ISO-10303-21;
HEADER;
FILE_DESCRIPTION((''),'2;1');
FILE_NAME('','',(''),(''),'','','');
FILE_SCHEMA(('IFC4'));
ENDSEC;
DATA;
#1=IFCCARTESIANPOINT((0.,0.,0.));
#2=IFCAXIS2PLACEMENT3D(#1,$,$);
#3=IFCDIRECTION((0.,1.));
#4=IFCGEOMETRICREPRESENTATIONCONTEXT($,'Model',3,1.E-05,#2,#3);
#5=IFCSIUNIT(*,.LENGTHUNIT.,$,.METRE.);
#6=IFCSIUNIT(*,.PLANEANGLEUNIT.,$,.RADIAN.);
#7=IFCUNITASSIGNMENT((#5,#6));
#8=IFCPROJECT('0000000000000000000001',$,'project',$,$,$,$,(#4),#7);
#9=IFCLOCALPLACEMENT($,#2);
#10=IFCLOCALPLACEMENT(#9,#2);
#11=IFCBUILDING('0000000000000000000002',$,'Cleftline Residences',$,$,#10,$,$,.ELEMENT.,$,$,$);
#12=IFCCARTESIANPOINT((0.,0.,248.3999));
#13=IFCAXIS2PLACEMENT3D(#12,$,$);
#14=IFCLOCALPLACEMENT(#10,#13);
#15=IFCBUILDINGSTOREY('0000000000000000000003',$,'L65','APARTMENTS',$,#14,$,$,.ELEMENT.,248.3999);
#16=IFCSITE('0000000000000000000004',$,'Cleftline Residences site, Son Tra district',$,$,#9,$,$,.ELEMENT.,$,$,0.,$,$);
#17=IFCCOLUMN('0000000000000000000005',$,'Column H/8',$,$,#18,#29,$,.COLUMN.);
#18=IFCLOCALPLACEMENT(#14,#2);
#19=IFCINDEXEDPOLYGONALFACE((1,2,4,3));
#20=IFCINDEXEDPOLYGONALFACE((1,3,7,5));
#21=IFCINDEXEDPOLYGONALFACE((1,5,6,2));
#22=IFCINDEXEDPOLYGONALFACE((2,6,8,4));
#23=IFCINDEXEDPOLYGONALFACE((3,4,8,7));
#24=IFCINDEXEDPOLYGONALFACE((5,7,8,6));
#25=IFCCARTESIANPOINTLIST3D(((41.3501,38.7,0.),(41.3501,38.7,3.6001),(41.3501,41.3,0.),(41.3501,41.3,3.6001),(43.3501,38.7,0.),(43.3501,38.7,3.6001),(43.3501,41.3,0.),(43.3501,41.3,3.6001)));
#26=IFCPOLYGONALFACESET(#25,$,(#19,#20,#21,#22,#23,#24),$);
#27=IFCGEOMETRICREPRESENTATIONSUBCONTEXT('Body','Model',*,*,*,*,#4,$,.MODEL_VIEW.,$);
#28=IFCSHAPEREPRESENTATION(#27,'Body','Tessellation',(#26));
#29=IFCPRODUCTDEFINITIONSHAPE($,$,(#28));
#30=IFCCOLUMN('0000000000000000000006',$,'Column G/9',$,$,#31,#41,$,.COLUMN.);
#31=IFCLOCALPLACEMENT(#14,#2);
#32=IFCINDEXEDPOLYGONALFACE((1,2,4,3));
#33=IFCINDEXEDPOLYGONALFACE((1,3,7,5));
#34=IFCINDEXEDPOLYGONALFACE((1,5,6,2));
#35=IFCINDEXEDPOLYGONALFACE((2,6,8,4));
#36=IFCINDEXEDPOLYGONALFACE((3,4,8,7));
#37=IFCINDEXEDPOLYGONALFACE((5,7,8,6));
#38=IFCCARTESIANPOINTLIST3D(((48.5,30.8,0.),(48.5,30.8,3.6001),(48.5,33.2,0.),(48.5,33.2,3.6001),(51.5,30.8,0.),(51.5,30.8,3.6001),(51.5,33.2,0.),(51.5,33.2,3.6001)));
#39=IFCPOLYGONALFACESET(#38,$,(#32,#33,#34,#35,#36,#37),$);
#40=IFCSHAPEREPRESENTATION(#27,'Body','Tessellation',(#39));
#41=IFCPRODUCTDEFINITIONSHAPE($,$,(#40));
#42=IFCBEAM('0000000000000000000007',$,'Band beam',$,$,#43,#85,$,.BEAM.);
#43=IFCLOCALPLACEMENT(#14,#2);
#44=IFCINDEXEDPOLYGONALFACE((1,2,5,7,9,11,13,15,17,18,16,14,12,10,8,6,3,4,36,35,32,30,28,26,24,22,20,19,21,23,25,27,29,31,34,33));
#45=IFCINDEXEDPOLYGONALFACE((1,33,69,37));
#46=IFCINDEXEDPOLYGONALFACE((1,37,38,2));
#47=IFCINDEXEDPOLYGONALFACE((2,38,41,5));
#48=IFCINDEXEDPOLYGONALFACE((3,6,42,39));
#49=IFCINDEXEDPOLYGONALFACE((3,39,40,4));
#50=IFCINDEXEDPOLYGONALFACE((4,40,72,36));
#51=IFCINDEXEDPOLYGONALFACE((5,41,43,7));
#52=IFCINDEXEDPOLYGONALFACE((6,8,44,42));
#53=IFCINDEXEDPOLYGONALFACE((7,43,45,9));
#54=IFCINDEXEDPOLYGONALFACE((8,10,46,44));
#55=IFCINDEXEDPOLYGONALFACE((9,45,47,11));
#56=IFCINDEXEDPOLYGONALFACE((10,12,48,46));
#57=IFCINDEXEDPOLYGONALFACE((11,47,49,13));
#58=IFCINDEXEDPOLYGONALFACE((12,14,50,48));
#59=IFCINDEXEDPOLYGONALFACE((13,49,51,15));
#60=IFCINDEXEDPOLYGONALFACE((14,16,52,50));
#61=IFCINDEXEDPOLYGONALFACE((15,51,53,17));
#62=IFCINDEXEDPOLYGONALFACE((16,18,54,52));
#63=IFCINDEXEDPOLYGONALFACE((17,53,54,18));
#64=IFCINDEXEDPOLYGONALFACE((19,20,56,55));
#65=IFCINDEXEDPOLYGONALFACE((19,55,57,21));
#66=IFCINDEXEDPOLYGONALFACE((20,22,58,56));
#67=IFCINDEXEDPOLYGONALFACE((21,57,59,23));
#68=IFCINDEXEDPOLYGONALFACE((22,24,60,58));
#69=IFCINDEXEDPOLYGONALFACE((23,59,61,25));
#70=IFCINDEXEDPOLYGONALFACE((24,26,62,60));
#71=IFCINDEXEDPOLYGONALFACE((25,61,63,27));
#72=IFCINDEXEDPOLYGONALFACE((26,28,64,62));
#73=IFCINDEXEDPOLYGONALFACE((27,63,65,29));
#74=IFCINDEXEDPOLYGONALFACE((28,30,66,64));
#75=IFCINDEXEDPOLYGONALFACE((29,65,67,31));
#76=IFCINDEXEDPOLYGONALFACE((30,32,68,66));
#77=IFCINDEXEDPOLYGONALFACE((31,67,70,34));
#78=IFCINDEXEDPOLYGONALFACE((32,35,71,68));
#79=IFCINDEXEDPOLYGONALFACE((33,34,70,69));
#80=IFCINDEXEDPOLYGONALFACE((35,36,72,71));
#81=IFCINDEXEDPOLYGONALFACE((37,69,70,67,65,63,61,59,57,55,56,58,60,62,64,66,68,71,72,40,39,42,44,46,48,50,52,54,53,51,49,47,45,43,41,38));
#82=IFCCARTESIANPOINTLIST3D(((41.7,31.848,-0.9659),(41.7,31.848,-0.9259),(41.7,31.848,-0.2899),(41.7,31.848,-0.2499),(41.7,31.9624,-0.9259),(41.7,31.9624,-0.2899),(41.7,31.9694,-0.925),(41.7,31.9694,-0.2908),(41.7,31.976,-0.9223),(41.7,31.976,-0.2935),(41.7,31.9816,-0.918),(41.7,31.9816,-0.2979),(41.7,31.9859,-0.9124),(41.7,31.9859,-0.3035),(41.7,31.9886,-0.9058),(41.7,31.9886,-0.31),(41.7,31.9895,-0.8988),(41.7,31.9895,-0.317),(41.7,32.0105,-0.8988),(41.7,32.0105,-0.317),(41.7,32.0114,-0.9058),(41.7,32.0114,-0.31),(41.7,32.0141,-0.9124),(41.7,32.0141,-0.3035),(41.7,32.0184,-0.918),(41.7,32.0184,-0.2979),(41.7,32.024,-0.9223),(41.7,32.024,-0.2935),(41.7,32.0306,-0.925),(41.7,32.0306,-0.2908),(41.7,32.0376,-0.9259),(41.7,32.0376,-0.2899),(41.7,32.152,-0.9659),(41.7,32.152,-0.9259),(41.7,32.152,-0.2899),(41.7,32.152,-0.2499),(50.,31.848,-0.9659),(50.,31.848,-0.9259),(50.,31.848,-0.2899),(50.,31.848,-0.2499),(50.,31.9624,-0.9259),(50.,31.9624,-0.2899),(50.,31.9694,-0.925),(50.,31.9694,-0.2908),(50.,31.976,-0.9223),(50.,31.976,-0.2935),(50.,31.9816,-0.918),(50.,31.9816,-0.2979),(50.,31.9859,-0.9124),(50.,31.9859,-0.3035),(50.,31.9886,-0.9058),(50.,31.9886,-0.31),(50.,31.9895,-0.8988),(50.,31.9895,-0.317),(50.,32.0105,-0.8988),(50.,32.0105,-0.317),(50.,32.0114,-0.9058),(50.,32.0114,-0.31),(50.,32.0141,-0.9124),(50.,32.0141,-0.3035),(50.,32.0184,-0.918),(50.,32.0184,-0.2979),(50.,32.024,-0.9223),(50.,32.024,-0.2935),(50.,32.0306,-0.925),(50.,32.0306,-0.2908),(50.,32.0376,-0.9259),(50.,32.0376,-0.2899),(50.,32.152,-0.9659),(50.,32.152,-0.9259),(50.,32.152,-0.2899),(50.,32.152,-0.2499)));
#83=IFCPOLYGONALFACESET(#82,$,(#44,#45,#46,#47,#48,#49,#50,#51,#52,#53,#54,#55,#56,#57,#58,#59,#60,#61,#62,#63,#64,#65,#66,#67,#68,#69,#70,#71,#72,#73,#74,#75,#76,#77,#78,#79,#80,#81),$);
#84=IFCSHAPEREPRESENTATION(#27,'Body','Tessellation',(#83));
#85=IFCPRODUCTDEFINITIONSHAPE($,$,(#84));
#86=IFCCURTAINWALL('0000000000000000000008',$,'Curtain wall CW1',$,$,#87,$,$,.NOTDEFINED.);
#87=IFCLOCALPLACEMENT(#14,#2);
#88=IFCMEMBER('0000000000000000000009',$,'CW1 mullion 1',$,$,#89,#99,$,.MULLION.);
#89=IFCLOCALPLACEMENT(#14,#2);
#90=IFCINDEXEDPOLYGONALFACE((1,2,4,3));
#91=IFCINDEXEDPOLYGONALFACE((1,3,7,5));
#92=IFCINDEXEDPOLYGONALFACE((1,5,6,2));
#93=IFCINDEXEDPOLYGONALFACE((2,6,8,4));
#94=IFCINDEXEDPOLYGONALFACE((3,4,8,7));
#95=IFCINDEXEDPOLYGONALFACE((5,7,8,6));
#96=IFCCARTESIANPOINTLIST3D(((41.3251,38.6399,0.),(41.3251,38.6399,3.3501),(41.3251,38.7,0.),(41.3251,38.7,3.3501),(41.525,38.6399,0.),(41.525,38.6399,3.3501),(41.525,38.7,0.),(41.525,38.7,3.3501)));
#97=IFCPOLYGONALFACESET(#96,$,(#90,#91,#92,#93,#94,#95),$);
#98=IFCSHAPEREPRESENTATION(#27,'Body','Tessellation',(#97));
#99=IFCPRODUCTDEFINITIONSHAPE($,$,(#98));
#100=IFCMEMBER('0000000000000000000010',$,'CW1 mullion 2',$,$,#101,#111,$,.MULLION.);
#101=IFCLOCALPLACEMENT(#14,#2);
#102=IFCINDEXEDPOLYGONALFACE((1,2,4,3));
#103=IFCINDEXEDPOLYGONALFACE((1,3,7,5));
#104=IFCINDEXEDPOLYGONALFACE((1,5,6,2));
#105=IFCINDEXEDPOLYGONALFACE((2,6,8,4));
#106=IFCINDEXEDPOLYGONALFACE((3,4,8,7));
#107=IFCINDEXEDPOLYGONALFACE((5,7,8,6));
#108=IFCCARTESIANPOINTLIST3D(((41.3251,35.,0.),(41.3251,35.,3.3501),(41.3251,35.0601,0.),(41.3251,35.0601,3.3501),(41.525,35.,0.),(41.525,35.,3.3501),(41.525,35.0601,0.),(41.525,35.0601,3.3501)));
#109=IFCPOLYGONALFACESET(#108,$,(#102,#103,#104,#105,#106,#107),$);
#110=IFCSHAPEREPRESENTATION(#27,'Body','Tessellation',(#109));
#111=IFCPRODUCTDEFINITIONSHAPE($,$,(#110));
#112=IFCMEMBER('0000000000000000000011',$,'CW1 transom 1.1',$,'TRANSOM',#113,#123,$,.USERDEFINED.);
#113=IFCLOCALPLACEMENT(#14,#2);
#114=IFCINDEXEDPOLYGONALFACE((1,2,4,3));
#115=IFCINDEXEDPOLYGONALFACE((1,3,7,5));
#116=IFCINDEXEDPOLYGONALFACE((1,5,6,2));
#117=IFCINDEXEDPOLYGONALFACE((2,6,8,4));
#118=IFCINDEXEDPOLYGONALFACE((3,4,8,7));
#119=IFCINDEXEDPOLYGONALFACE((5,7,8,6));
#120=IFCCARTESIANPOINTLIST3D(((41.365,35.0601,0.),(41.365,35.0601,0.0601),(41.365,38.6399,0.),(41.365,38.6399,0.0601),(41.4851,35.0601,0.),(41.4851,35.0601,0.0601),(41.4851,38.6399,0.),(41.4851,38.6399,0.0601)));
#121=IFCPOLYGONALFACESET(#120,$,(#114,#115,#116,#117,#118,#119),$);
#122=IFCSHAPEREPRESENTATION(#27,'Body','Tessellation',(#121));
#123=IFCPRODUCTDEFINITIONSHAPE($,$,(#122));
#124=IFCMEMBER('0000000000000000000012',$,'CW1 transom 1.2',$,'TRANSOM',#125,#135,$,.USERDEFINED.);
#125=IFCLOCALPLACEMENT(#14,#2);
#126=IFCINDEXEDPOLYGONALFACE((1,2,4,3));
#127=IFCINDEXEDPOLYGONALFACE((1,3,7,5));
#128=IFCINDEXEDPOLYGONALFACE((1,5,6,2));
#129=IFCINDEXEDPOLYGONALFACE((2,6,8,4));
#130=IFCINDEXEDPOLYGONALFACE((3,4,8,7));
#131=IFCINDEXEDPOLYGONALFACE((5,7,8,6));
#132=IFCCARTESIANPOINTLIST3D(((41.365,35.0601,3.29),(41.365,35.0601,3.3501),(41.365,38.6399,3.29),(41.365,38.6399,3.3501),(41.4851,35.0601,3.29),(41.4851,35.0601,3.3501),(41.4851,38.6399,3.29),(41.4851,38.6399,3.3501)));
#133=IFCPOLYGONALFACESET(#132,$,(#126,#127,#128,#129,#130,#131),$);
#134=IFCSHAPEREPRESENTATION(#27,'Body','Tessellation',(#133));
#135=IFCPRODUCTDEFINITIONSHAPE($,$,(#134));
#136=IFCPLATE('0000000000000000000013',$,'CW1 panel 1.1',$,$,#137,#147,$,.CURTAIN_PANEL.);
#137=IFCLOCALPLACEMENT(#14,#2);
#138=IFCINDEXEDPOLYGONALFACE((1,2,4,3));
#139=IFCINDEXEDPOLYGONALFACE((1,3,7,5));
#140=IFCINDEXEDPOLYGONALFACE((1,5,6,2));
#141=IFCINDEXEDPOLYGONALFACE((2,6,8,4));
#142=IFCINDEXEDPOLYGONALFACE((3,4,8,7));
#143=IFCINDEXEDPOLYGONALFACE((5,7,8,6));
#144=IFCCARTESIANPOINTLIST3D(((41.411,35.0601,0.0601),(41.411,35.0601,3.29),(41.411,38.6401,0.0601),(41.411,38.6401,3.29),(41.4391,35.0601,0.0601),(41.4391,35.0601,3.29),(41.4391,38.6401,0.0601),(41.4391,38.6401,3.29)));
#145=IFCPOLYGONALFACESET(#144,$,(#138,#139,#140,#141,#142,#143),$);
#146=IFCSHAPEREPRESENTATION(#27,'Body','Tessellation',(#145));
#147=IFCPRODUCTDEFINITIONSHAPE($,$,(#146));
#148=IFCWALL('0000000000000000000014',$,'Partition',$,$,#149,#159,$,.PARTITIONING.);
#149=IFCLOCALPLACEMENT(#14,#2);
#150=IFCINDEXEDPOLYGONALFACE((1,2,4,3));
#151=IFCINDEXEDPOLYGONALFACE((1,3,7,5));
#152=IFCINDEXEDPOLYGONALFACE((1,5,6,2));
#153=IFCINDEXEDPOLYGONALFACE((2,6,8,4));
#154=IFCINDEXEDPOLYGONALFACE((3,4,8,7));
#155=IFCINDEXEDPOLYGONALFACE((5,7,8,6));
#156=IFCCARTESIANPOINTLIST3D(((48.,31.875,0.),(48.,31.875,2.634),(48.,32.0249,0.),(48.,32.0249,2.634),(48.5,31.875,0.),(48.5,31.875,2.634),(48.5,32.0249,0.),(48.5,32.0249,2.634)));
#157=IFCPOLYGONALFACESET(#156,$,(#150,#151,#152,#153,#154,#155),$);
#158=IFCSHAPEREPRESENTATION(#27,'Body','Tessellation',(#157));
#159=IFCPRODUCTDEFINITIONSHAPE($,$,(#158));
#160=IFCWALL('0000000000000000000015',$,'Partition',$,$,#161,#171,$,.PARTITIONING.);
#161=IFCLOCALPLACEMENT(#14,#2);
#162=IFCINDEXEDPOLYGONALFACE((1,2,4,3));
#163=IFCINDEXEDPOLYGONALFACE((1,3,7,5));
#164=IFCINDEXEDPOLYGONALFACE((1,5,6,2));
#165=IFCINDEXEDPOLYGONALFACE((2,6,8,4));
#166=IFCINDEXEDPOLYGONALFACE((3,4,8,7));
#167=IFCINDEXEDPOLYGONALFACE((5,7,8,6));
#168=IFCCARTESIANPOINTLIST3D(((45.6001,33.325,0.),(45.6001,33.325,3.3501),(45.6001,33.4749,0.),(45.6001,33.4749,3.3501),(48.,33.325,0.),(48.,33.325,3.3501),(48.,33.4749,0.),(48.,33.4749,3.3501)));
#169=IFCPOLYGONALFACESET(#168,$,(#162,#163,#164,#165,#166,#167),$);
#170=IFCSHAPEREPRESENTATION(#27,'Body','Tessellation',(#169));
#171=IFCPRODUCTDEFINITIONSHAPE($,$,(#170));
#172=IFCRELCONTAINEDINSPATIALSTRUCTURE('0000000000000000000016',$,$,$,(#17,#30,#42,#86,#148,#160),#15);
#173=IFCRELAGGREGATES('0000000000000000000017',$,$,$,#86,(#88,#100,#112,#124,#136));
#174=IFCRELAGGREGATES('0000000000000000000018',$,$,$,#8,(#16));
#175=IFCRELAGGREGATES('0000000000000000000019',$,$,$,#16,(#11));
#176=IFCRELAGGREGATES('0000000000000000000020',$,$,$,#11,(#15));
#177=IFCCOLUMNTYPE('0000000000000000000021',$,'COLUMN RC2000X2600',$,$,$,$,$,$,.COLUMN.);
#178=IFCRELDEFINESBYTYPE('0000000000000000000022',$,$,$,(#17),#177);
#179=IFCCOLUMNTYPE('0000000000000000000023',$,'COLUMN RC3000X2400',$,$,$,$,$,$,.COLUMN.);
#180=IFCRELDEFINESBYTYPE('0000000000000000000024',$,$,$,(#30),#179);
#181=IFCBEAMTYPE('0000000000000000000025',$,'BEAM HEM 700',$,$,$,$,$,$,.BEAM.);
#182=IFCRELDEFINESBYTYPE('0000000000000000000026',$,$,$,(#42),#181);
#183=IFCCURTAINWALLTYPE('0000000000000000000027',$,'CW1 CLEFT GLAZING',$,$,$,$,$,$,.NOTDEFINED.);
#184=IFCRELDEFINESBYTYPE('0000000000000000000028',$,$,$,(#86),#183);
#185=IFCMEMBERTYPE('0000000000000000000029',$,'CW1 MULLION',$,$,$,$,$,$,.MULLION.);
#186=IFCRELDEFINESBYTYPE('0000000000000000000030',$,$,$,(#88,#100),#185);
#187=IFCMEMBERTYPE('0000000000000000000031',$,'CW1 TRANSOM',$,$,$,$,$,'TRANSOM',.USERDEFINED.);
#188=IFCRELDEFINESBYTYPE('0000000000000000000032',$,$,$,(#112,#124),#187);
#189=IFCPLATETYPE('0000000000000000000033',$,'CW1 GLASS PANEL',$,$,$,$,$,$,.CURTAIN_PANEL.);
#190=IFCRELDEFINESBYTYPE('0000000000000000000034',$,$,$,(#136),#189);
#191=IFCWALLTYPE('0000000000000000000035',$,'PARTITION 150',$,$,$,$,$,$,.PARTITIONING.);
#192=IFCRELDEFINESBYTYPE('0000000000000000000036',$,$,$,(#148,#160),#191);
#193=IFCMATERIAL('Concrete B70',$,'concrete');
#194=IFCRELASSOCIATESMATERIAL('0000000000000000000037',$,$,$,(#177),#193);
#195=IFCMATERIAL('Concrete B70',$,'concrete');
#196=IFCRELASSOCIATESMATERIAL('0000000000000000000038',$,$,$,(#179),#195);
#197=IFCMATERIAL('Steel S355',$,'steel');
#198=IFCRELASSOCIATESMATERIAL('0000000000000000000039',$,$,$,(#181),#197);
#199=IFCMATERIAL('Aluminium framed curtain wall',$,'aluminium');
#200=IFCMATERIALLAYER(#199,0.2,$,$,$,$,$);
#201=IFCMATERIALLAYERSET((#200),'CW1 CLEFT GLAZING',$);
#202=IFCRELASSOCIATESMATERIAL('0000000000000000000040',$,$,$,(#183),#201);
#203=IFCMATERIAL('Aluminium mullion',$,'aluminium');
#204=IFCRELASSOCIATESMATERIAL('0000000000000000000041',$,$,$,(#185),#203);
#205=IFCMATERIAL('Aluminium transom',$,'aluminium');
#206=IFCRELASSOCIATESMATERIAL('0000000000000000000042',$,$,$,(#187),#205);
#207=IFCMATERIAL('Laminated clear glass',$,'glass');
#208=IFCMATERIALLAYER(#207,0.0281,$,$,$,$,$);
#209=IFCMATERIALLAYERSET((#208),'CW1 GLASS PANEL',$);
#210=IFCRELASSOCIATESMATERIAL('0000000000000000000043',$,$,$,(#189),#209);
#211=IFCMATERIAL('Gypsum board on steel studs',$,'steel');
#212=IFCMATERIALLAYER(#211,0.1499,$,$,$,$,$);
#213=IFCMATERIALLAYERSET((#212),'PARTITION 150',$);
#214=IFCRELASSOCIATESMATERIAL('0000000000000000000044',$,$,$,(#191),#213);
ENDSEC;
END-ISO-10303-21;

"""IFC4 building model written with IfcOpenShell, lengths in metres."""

from ifc_helpers import new_model, si_unit, direction, frame, frame_2d, origin, origin_2d, place, context, subcontext, project, spatial, rectangle, i_section, extrude, material, layer, layer_set, material_profile, profile_set, type_object, element, aggregate, save


model = new_model("IFC4")

# Units and contexts
model_context = context("Model", 3, precision=1e-05, world=origin(), true_north=direction((0.0, 1.0)))
body_context = subcontext(model_context, "Body", "Model", "MODEL_VIEW")
ifc_project = project(units=[si_unit("LENGTHUNIT", "METRE"), si_unit("PLANEANGLEUNIT", "RADIAN")], contexts=[model_context])

# Site, building, storey
site_placement = place(None, origin())
site = spatial("IfcSite", under=ifc_project, at=site_placement, Name="Cleftline Residences site, Son Tra district", CompositionType="ELEMENT", RefElevation=0.0)
building_placement = place(site_placement, origin())
building = spatial("IfcBuilding", under=site, at=building_placement, Name="Cleftline Residences", CompositionType="ELEMENT")
storey_placement = place(building_placement, frame((0.0, 0.0, 248.3999)))
storey = spatial("IfcBuildingStorey", under=building, at=storey_placement, Name="L65", Description="APARTMENTS", CompositionType="ELEMENT", Elevation=248.3999)

# Columns
ifc_material_1 = material(Name="Concrete B70", Category="concrete")
ifc_material_profile_1 = material_profile(ifc_material_1, rectangle(XDim=2.0, YDim=2.6001, at=origin_2d()))
ifc_profile_set_1 = profile_set([ifc_material_profile_1], Name="Concrete B70")
column_type_1 = type_object("IfcColumnType", Name="COLUMN RC2000X2600", PredefinedType="COLUMN", material=ifc_profile_set_1)
column_1_placement = place(storey_placement, frame((42.3501, 40.0, 0.0), z_axis=(0.0, 0.0, 1.0), x_axis=(1.0, 0.0, 0.0)))
element("IfcColumn", 1, at=column_1_placement, inside=storey, type_object=column_type_1, Name="Column H/8", PredefinedType="COLUMN", context=body_context, shape_type="SweptSolid", body=[
    extrude(rectangle(XDim=2.0, YDim=2.6001, at=origin_2d()), origin(), (0.0, 0.0, 1.0), 3.6001),
])
ifc_material_2 = material(Name="Concrete B70", Category="concrete")
ifc_material_profile_2 = material_profile(ifc_material_2, rectangle(XDim=3.0, YDim=2.3999, at=origin_2d()))
ifc_profile_set_2 = profile_set([ifc_material_profile_2], Name="Concrete B70")
column_type_2 = type_object("IfcColumnType", Name="COLUMN RC3000X2400", PredefinedType="COLUMN", material=ifc_profile_set_2)
column_2_placement = place(storey_placement, frame((50.0, 32.0, 0.0), z_axis=(0.0, 0.0, 1.0), x_axis=(1.0, 0.0, 0.0)))
element("IfcColumn", 2, at=column_2_placement, inside=storey, type_object=column_type_2, Name="Column G/9", PredefinedType="COLUMN", context=body_context, shape_type="SweptSolid", body=[
    extrude(rectangle(XDim=3.0, YDim=2.3999, at=origin_2d()), origin(), (0.0, 0.0, 1.0), 3.6001),
])

# Beam
ifc_material_3 = material(Name="Steel S355", Category="steel")
ifc_material_profile_3 = material_profile(ifc_material_3, i_section(OverallWidth=0.304, OverallDepth=0.7161, WebThickness=0.021, FlangeThickness=0.04, FilletRadius=0.0271, at=origin_2d()))
ifc_profile_set_3 = profile_set([ifc_material_profile_3], Name="Steel S355")
beam_type = type_object("IfcBeamType", Name="BEAM HEM 700", PredefinedType="BEAM", material=ifc_profile_set_3)
beam_placement = place(storey_placement, frame((50.0, 32.0, -0.6079), z_axis=(-1.0, 0.0, 0.0), x_axis=(0.0, -1.0, 0.0)))
element("IfcBeam", 3, at=beam_placement, inside=storey, type_object=beam_type, Name="Band beam", PredefinedType="BEAM", context=body_context, shape_type="SweptSolid", body=[
    extrude(i_section(OverallWidth=0.304, OverallDepth=0.7161, WebThickness=0.021, FlangeThickness=0.04, FilletRadius=0.0271, at=origin_2d()), origin(), (0.0, 0.0, 1.0), 8.3),
])

# Curtain wall, members, plate
ifc_material_4 = material(Name="Aluminium framed curtain wall", Category="aluminium")
ifc_layer_1 = layer(ifc_material_4, 0.2)
ifc_layer_set_1 = layer_set([ifc_layer_1], Name="CW1 CLEFT GLAZING")
curtain_wall_type = type_object("IfcCurtainWallType", Name="CW1 CLEFT GLAZING", PredefinedType="NOTDEFINED", material=ifc_layer_set_1)
curtain_wall_placement = place(storey_placement, origin())
curtain_wall = element("IfcCurtainWall", 4, at=curtain_wall_placement, inside=storey, type_object=curtain_wall_type, Name="Curtain wall CW1", PredefinedType="NOTDEFINED")
ifc_material_5 = material(Name="Aluminium mullion", Category="aluminium")
ifc_material_profile_4 = material_profile(ifc_material_5, rectangle(XDim=0.2, YDim=0.0601, at=origin_2d()))
ifc_profile_set_4 = profile_set([ifc_material_profile_4], Name="Aluminium mullion")
member_type_1 = type_object("IfcMemberType", Name="CW1 MULLION", PredefinedType="MULLION", material=ifc_profile_set_4)
member_1_placement = place(storey_placement, frame((41.425, 38.6699, 0.0), z_axis=(0.0, 0.0, 1.0), x_axis=(1.0, 0.0, 0.0)))
member_1 = element("IfcMember", 5, at=member_1_placement, type_object=member_type_1, Name="CW1 mullion 1", PredefinedType="MULLION", context=body_context, shape_type="SweptSolid", body=[
    extrude(rectangle(XDim=0.2, YDim=0.0601, at=origin_2d()), origin(), (0.0, 0.0, 1.0), 3.3501),
])
member_2_placement = place(storey_placement, frame((41.425, 35.03, 0.0), z_axis=(0.0, 0.0, 1.0), x_axis=(1.0, 0.0, 0.0)))
member_2 = element("IfcMember", 6, at=member_2_placement, type_object=member_type_1, Name="CW1 mullion 2", PredefinedType="MULLION", context=body_context, shape_type="SweptSolid", body=[
    extrude(rectangle(XDim=0.2, YDim=0.0601, at=origin_2d()), origin(), (0.0, 0.0, 1.0), 3.3501),
])
ifc_material_6 = material(Name="Aluminium transom", Category="aluminium")
ifc_material_profile_5 = material_profile(ifc_material_6, rectangle(XDim=0.1201, YDim=0.0601, at=origin_2d()))
ifc_profile_set_5 = profile_set([ifc_material_profile_5], Name="Aluminium transom")
member_type_2 = type_object("IfcMemberType", Name="CW1 TRANSOM", ElementType="TRANSOM", PredefinedType="USERDEFINED", material=ifc_profile_set_5)
member_3_placement = place(storey_placement, frame((41.425, 38.6399, 0.03), z_axis=(0.0, -1.0, 0.0), x_axis=(1.0, 0.0, 0.0)))
member_3 = element("IfcMember", 7, at=member_3_placement, type_object=member_type_2, Name="CW1 transom 1.1", ObjectType="TRANSOM", PredefinedType="USERDEFINED", context=body_context, shape_type="SweptSolid", body=[
    extrude(rectangle(XDim=0.1201, YDim=0.0601, at=origin_2d()), origin(), (0.0, 0.0, 1.0), 3.5798),
])
member_4_placement = place(storey_placement, frame((41.425, 38.6399, 3.3201), z_axis=(0.0, -1.0, 0.0), x_axis=(1.0, 0.0, 0.0)))
member_4 = element("IfcMember", 8, at=member_4_placement, type_object=member_type_2, Name="CW1 transom 1.2", ObjectType="TRANSOM", PredefinedType="USERDEFINED", context=body_context, shape_type="SweptSolid", body=[
    extrude(rectangle(XDim=0.1201, YDim=0.0601, at=origin_2d()), origin(), (0.0, 0.0, 1.0), 3.5798),
])
ifc_material_7 = material(Name="Laminated clear glass", Category="glass")
ifc_layer_2 = layer(ifc_material_7, 0.0281)
ifc_layer_set_2 = layer_set([ifc_layer_2], Name="CW1 GLASS PANEL")
plate_type = type_object("IfcPlateType", Name="CW1 GLASS PANEL", PredefinedType="CURTAIN_PANEL", material=ifc_layer_set_2)
plate_placement = place(storey_placement, frame((41.425, 36.8501, 0.0601), z_axis=(0.0, 0.0, 1.0), x_axis=(0.0, -1.0, 0.0)))
plate = element("IfcPlate", 9, at=plate_placement, type_object=plate_type, Name="CW1 panel 1.1", PredefinedType="CURTAIN_PANEL", context=body_context, shape_type="SweptSolid", body=[
    extrude(rectangle(XDim=3.5801, YDim=0.0281, at=origin_2d()), origin(), (0.0, 0.0, 1.0), 3.23),
])
aggregate(curtain_wall, [member_1, member_2, member_3, member_4, plate])

# Walls
ifc_material_8 = material(Name="Gypsum board on steel studs", Category="steel")
ifc_layer_3 = layer(ifc_material_8, 0.1499)
ifc_layer_set_3 = layer_set([ifc_layer_3], Name="PARTITION 150")
wall_type = type_object("IfcWallType", Name="PARTITION 150", PredefinedType="PARTITIONING", material=ifc_layer_set_3)
wall_1_placement = place(storey_placement, frame((48.0, 31.95, 0.0), z_axis=(0.0, 0.0, 1.0), x_axis=(1.0, 0.0, 0.0)))
element("IfcWall", 10, at=wall_1_placement, inside=storey, type_object=wall_type, Name="Partition", PredefinedType="PARTITIONING", context=body_context, shape_type="SweptSolid", body=[
    extrude(rectangle(XDim=0.5, YDim=0.1499, at=frame_2d((0.25, 0.0))), origin(), (0.0, 0.0, 1.0), 2.634),
])
wall_2_placement = place(storey_placement, frame((45.6001, 33.3999, 0.0), z_axis=(0.0, 0.0, 1.0), x_axis=(1.0, 0.0, 0.0)))
element("IfcWall", 11, at=wall_2_placement, inside=storey, type_object=wall_type, Name="Partition", PredefinedType="PARTITIONING", context=body_context, shape_type="SweptSolid", body=[
    extrude(rectangle(XDim=2.3999, YDim=0.1499, at=frame_2d((1.2, 0.0))), origin(), (0.0, 0.0, 1.0), 3.3501),
])

save(model, "model.ifc")
